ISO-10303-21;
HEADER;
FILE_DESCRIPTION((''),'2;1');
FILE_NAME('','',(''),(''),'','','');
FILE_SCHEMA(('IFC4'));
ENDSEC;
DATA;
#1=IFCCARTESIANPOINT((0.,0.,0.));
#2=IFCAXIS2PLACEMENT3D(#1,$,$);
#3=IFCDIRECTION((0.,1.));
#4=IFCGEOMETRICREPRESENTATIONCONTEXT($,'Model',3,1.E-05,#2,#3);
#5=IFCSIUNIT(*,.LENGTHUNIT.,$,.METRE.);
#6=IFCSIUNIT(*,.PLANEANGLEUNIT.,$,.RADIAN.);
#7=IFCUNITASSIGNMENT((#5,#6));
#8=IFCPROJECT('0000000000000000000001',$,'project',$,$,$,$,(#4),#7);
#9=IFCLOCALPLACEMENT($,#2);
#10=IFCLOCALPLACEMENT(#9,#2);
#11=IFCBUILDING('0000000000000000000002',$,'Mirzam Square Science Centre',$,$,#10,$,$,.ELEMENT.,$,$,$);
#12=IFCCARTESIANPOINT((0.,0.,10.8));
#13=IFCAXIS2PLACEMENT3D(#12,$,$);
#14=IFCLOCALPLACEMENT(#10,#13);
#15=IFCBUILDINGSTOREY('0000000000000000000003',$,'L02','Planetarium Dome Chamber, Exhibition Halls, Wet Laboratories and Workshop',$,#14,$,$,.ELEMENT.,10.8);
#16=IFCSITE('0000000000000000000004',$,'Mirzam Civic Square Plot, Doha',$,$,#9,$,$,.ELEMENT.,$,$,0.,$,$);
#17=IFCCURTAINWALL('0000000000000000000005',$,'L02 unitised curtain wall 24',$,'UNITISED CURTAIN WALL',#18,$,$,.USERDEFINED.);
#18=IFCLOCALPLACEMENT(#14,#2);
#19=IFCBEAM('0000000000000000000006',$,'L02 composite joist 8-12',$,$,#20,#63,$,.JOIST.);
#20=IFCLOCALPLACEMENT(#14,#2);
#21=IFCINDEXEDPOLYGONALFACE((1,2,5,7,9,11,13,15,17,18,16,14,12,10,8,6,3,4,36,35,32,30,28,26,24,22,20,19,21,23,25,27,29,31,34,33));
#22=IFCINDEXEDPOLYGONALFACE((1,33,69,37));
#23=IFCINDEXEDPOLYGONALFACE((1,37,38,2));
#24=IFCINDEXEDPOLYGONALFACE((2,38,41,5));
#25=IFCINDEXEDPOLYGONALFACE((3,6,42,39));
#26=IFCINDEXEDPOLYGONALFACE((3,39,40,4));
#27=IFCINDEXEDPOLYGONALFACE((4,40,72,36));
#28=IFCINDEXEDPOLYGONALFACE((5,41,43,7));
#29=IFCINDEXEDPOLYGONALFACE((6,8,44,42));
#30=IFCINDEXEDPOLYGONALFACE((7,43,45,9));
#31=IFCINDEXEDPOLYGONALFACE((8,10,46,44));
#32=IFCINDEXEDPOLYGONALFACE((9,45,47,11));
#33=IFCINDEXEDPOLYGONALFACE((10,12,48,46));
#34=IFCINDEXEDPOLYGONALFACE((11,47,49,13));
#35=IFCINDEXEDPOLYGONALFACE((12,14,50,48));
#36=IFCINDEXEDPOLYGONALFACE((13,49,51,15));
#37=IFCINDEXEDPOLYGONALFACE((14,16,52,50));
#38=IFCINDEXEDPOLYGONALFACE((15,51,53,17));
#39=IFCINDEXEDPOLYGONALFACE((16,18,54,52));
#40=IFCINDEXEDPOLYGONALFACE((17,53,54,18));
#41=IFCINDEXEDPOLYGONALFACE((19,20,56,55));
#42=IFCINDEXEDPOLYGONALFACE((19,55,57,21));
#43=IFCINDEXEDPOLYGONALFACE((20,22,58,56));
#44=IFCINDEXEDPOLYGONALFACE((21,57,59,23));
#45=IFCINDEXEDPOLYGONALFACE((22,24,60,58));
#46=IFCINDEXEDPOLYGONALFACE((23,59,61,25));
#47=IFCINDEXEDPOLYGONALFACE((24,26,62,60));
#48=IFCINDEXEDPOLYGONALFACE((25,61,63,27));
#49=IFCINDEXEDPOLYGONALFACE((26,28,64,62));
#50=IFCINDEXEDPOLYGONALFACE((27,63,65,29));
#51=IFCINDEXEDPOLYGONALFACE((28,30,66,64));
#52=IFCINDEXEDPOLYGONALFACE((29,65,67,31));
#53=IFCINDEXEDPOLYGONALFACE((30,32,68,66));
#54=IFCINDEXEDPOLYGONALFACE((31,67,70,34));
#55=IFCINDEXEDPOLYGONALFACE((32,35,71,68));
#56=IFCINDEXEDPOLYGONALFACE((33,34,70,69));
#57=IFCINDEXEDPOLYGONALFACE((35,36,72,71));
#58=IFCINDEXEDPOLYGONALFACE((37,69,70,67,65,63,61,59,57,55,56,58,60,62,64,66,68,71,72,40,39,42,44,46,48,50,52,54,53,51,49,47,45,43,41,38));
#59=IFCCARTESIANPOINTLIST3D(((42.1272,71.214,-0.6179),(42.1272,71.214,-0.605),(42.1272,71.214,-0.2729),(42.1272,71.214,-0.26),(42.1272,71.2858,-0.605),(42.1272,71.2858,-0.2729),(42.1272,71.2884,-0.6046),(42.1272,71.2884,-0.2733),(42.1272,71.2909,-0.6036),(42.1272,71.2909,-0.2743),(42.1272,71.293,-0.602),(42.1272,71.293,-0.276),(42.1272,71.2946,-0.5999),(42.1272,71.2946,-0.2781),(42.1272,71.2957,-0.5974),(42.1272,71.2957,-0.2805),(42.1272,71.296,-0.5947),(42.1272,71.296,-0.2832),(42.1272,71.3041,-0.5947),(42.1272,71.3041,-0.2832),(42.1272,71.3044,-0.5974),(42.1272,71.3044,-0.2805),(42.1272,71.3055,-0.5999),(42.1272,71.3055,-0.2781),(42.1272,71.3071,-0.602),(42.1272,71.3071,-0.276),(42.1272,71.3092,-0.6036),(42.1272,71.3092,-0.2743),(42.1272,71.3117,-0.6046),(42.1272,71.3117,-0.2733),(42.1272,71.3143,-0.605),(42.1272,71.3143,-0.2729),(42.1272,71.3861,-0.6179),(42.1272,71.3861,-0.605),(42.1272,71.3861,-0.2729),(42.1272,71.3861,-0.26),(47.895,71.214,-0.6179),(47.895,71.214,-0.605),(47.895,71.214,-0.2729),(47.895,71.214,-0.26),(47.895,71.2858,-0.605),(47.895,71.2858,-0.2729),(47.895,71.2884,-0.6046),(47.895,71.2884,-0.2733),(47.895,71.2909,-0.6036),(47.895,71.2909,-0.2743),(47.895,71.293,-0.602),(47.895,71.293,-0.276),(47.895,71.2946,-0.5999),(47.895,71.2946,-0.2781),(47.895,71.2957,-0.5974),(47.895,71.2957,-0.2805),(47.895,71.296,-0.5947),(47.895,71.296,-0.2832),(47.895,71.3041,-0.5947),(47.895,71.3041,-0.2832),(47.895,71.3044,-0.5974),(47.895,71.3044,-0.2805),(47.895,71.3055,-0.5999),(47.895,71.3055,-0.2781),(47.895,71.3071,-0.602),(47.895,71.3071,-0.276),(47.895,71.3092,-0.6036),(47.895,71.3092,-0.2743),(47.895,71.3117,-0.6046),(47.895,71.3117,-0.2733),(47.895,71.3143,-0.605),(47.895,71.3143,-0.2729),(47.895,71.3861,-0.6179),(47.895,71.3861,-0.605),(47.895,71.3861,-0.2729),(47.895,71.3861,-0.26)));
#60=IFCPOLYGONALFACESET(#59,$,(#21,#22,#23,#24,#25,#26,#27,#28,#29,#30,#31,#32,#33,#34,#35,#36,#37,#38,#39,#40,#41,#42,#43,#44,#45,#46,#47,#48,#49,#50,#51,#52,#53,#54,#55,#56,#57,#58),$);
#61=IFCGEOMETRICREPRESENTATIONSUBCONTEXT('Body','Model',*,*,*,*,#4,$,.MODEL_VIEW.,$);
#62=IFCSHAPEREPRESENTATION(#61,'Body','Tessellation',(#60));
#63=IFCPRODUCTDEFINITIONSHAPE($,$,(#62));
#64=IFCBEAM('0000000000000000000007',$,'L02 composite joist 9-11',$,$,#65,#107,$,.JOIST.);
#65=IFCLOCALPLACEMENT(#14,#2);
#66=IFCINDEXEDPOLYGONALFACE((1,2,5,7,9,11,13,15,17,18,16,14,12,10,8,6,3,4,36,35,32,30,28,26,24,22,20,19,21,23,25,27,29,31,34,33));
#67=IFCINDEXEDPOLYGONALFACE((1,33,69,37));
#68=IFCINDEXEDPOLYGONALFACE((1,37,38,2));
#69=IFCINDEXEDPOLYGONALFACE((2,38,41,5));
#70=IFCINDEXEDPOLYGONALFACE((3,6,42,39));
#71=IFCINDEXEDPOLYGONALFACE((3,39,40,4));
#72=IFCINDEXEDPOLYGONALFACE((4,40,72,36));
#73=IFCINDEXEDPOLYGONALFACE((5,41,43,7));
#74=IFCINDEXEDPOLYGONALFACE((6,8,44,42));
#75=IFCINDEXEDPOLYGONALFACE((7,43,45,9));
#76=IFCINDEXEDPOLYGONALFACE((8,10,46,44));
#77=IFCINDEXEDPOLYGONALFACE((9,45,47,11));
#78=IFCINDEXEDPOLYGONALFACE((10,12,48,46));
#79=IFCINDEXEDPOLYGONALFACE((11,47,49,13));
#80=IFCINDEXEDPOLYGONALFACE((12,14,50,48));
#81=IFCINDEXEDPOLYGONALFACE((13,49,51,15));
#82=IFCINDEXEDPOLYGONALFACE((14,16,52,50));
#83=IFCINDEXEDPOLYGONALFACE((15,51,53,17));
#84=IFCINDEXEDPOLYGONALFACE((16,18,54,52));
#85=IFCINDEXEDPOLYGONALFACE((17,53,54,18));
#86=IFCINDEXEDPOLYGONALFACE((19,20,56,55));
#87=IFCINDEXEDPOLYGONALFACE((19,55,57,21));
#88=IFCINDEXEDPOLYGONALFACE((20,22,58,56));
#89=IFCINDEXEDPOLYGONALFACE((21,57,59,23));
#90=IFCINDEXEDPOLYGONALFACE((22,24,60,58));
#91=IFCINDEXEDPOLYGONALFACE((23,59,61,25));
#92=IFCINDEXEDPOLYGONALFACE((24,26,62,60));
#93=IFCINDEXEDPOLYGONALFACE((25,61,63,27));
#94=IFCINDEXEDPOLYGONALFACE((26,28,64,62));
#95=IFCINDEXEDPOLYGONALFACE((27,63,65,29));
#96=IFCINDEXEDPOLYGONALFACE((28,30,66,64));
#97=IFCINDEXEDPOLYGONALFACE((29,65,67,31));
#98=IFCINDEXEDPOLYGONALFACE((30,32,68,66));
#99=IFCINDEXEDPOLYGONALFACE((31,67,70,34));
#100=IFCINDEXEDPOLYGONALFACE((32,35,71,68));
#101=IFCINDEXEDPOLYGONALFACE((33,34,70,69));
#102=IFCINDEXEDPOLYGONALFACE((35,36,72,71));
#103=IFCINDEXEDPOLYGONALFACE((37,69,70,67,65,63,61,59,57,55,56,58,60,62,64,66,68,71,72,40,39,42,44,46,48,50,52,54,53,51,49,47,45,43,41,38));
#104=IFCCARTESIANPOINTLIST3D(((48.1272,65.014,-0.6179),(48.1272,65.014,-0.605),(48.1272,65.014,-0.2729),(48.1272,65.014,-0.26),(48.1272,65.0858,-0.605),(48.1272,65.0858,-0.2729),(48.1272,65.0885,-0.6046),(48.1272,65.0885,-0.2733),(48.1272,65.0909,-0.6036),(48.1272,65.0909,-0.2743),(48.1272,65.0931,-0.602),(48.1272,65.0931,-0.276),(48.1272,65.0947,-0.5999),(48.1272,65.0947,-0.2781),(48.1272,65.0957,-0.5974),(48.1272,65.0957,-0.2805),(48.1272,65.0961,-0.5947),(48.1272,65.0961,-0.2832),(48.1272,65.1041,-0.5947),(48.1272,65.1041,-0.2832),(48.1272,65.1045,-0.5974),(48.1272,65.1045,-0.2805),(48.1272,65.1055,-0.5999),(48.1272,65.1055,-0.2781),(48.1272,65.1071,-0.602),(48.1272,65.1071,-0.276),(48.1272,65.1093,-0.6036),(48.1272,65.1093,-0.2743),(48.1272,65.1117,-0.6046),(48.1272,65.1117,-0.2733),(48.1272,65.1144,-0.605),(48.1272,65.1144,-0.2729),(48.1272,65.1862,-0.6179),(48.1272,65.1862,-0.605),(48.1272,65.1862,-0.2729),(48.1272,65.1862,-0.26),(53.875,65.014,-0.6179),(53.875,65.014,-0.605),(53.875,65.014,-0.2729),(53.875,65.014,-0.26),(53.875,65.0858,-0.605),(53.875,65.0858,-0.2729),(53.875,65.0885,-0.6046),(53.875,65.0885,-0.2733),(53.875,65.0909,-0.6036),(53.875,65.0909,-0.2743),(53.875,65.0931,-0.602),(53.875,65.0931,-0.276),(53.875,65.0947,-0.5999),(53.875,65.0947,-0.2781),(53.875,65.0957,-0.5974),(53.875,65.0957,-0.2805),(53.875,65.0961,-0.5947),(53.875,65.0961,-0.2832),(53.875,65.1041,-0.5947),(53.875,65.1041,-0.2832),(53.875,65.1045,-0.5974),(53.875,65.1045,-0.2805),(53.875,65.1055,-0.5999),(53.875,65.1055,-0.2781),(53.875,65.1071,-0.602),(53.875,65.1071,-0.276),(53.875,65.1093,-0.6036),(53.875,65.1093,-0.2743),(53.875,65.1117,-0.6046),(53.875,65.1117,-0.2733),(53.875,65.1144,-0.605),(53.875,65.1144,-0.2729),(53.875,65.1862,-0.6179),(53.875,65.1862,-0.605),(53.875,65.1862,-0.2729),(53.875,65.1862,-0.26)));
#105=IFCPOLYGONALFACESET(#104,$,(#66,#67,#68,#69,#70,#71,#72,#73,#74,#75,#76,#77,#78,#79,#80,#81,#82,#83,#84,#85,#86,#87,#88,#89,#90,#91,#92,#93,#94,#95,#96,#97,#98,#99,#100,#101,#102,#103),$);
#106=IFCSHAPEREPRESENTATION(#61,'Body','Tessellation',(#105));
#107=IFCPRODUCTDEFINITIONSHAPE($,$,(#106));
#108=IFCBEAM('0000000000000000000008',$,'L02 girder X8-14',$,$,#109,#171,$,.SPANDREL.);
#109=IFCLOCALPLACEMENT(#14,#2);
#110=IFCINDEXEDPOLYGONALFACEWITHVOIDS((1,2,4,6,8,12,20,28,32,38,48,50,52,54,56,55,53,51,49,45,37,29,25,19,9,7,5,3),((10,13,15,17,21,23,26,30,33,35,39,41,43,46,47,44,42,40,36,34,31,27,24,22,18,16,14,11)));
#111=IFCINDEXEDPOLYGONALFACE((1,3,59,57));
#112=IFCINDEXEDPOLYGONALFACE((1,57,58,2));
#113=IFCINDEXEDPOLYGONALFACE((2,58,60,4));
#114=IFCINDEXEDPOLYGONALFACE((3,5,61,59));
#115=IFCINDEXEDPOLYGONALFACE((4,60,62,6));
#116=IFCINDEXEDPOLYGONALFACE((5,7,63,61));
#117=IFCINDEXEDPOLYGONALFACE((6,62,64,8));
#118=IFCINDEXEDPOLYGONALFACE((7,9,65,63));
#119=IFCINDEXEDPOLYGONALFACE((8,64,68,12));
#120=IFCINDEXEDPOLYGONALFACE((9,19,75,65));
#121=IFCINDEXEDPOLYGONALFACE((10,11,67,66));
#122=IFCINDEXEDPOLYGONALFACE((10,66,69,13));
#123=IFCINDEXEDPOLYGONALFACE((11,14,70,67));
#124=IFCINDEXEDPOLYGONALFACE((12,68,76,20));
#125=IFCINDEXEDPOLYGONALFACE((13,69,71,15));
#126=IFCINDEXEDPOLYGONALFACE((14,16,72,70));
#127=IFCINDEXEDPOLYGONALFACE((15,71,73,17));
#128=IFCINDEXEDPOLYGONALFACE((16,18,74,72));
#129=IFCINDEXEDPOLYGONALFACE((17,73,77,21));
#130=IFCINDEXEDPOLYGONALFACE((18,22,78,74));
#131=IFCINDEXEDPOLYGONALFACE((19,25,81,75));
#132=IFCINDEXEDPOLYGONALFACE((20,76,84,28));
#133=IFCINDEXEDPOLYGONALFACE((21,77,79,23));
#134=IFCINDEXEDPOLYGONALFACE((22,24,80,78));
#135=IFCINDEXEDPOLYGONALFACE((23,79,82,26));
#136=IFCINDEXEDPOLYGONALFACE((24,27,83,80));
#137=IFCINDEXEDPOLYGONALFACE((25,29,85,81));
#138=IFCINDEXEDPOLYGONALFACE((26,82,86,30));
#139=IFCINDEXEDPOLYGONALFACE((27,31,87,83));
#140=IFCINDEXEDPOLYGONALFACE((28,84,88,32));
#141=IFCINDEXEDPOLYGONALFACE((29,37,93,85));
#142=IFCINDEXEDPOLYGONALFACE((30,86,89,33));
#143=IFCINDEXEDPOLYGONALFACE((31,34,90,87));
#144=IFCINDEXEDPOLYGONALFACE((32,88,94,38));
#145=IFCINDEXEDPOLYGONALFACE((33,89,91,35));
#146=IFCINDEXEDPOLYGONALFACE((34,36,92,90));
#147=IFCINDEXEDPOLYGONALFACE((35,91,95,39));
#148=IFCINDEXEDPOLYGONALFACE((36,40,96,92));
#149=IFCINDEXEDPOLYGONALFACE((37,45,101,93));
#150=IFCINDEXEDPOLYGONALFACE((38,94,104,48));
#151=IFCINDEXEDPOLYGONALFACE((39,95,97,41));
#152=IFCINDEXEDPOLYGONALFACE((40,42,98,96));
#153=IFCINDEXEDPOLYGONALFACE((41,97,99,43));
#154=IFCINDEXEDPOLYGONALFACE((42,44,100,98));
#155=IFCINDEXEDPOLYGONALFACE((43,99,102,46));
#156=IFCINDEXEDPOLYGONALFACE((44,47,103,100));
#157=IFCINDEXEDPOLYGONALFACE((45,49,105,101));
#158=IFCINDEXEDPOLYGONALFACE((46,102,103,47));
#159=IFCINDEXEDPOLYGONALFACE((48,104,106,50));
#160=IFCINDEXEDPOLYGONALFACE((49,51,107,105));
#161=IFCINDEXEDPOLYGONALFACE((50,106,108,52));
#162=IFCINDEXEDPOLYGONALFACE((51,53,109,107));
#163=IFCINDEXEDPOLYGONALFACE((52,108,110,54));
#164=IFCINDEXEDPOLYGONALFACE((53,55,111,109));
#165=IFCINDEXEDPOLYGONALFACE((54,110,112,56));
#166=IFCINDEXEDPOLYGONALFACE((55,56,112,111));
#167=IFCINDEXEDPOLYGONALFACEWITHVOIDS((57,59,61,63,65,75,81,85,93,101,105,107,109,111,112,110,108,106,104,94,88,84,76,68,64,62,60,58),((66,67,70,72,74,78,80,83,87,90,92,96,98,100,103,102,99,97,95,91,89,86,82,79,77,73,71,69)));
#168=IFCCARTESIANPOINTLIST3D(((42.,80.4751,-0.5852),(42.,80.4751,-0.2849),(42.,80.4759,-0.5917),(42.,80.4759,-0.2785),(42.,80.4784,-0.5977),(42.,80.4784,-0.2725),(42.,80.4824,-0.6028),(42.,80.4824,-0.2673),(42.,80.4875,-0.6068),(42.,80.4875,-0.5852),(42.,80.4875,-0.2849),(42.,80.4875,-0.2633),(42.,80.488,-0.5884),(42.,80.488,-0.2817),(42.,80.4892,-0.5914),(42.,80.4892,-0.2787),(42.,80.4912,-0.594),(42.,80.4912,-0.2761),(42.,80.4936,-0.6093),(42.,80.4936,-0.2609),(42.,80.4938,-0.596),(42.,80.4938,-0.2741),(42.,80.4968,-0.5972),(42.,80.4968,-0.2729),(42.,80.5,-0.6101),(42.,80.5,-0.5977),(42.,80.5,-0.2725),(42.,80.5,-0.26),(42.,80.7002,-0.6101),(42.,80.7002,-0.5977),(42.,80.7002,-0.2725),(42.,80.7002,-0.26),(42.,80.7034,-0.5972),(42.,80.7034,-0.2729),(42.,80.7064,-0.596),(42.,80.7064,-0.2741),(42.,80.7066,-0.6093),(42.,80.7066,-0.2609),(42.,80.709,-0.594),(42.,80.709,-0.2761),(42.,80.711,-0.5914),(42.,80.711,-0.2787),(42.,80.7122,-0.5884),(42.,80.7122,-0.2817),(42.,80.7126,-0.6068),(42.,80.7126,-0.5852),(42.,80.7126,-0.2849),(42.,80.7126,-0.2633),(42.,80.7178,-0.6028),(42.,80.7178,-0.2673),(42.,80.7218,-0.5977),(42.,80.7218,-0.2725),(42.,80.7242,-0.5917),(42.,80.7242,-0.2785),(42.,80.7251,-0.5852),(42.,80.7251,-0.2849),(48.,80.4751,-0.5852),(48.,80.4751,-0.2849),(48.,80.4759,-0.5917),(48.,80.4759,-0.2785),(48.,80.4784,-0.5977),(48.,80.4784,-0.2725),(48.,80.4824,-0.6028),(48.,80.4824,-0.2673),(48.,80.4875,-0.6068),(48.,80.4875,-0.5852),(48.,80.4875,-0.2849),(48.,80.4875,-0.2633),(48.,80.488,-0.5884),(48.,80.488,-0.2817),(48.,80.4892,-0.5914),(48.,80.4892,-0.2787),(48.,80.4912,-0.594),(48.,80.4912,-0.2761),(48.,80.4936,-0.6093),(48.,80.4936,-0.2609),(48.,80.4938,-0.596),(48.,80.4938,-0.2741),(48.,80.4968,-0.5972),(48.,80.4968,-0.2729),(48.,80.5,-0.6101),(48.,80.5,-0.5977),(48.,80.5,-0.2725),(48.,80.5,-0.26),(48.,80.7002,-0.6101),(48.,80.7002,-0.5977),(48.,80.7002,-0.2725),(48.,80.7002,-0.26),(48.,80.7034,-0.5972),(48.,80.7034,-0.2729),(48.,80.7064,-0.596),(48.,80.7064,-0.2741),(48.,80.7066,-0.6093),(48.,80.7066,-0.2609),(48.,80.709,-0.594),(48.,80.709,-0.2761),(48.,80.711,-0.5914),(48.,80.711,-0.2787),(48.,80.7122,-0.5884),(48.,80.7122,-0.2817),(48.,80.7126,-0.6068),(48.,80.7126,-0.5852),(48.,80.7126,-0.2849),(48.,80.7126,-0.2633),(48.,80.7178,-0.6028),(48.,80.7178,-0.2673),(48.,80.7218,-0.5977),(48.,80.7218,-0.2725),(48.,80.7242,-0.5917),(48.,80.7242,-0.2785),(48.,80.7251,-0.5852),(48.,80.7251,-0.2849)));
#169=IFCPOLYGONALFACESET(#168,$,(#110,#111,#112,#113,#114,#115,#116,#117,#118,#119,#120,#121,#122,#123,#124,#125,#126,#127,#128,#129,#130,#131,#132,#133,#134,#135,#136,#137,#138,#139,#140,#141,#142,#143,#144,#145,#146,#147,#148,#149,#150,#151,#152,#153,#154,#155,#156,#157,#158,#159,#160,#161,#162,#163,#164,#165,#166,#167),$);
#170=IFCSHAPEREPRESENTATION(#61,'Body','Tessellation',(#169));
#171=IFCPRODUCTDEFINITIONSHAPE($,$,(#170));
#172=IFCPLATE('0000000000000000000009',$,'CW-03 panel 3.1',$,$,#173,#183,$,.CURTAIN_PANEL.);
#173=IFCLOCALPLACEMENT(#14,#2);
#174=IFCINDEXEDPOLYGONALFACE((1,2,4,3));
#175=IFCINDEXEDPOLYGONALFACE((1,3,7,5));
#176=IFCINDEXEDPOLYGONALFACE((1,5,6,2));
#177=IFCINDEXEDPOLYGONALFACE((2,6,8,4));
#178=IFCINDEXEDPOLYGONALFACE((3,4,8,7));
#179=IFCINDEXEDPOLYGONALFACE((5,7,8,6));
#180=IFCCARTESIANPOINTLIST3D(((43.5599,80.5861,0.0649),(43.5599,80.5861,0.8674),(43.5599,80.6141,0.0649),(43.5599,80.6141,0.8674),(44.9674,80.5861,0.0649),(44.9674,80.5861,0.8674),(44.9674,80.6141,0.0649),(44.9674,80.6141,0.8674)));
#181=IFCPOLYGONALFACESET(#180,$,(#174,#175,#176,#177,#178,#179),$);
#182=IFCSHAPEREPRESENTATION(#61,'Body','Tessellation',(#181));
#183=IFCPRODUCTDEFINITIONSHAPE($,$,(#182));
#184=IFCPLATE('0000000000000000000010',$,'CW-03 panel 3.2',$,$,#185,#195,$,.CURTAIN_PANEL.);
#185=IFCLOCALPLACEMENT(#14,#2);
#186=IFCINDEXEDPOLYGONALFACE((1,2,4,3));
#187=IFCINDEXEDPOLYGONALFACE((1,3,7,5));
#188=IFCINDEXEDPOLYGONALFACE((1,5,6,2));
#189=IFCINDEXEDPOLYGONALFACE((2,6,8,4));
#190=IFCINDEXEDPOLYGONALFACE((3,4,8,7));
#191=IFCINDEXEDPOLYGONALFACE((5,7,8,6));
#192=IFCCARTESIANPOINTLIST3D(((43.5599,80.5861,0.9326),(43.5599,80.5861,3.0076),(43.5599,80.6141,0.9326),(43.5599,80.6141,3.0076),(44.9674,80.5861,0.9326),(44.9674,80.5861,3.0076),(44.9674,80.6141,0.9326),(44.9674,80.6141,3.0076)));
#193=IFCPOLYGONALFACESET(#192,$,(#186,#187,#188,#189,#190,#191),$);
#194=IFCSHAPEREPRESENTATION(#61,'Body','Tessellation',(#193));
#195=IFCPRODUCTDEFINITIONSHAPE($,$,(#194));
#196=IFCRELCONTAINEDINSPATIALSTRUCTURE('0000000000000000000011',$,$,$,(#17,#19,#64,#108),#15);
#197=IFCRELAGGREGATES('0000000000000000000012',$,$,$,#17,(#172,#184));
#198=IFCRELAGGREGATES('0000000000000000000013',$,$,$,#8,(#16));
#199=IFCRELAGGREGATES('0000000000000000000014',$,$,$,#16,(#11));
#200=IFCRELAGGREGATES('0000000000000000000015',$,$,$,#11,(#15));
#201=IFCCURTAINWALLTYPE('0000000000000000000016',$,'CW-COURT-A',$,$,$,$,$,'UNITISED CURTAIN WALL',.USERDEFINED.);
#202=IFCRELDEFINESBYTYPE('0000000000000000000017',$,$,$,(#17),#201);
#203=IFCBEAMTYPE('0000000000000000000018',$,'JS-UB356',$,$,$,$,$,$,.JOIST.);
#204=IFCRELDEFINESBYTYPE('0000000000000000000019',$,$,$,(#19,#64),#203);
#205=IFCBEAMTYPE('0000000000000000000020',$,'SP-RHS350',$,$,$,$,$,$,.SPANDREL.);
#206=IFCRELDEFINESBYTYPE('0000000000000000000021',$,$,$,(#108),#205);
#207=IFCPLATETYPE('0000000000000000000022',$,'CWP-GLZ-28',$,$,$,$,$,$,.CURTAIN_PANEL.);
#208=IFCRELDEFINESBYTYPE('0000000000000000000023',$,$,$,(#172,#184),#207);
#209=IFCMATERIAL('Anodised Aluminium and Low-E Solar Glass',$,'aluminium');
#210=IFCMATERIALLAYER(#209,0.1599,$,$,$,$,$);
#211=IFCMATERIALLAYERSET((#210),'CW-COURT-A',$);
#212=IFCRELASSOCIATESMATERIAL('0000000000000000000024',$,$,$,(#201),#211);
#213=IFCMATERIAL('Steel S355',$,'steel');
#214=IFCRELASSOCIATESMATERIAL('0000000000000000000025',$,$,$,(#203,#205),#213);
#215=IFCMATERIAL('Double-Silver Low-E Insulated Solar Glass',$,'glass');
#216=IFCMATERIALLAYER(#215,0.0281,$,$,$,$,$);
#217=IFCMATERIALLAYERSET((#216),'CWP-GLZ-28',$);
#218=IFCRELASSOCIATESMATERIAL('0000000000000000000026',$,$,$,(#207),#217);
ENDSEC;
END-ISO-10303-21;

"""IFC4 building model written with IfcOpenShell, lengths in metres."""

from ifc_helpers import new_model, si_unit, direction, frame, origin, origin_2d, place, context, subcontext, project, spatial, rectangle, hollow_rectangle, i_section, extrude, material, layer, layer_set, material_profile, profile_set, type_object, element, aggregate, save


model = new_model("IFC4")

# Units and contexts
model_context = context("Model", 3, precision=1e-05, world=origin(), true_north=direction((0.0, 1.0)))
body_context = subcontext(model_context, "Body", "Model", "MODEL_VIEW")
ifc_project = project(units=[si_unit("LENGTHUNIT", "METRE"), si_unit("PLANEANGLEUNIT", "RADIAN")], contexts=[model_context])

# Site, building, storey
site_placement = place(None, origin())
site = spatial("IfcSite", under=ifc_project, at=site_placement, Name="Mirzam Civic Square Plot, Doha", CompositionType="ELEMENT", RefElevation=0.0)
building_placement = place(site_placement, origin())
building = spatial("IfcBuilding", under=site, at=building_placement, Name="Mirzam Square Science Centre", CompositionType="ELEMENT")
storey_placement = place(building_placement, frame((0.0, 0.0, 10.8)))
storey = spatial("IfcBuildingStorey", under=building, at=storey_placement, Name="L02", Description="Planetarium Dome Chamber, Exhibition Halls, Wet Laboratories and Workshop", CompositionType="ELEMENT", Elevation=10.8)

# Shared definitions
ifc_material_1 = material(Name="Steel S355", Category="steel")

# Curtain wall
ifc_material_2 = material(Name="Anodised Aluminium and Low-E Solar Glass", Category="aluminium")
ifc_layer_1 = layer(ifc_material_2, 0.1599)
ifc_layer_set_1 = layer_set([ifc_layer_1], Name="CW-COURT-A")
curtain_wall_type = type_object("IfcCurtainWallType", Name="CW-COURT-A", ElementType="UNITISED CURTAIN WALL", PredefinedType="USERDEFINED", material=ifc_layer_set_1)
curtain_wall_placement = place(storey_placement, origin())
curtain_wall = element("IfcCurtainWall", 1, at=curtain_wall_placement, inside=storey, type_object=curtain_wall_type, Name="L02 unitised curtain wall 24", ObjectType="UNITISED CURTAIN WALL", PredefinedType="USERDEFINED")

# Beams
ifc_material_profile_1 = material_profile(ifc_material_1, i_section(OverallWidth=0.1721, OverallDepth=0.3579, WebThickness=0.0081, FlangeThickness=0.0129, FilletRadius=0.0103, at=origin_2d()), Name="356x171x57UB")
ifc_profile_set_1 = profile_set([ifc_material_profile_1], Name="Steel S355")
beam_type_1 = type_object("IfcBeamType", Name="JS-UB356", PredefinedType="JOIST", material=ifc_profile_set_1)
beam_1_placement = place(storey_placement, frame((42.1272, 71.3, -0.439), z_axis=(1.0, 0.0, 0.0), x_axis=(0.0, 1.0, 0.0)))
element("IfcBeam", 2, at=beam_1_placement, inside=storey, type_object=beam_type_1, Name="L02 composite joist 8-12", PredefinedType="JOIST", context=body_context, shape_type="SweptSolid", body=[
    extrude(i_section(OverallWidth=0.1721, OverallDepth=0.3579, WebThickness=0.0081, FlangeThickness=0.0129, FilletRadius=0.0103, at=origin_2d()), origin(), (0.0, 0.0, 1.0), 5.7678),
])
beam_2_placement = place(storey_placement, frame((48.1272, 65.1001, -0.439), z_axis=(1.0, 0.0, 0.0), x_axis=(0.0, 1.0, 0.0)))
element("IfcBeam", 3, at=beam_2_placement, inside=storey, type_object=beam_type_1, Name="L02 composite joist 9-11", PredefinedType="JOIST", context=body_context, shape_type="SweptSolid", body=[
    extrude(i_section(OverallWidth=0.1721, OverallDepth=0.3579, WebThickness=0.0081, FlangeThickness=0.0129, FilletRadius=0.0103, at=origin_2d()), origin(), (0.0, 0.0, 1.0), 5.7478),
])
ifc_material_profile_2 = material_profile(ifc_material_1, hollow_rectangle(XDim=0.25, YDim=0.3501, WallThickness=0.0125, InnerFilletRadius=0.0125, OuterFilletRadius=0.0249, at=origin_2d()), Name="350x250x12.5RHS")
ifc_profile_set_2 = profile_set([ifc_material_profile_2], Name="Steel S355")
beam_type_2 = type_object("IfcBeamType", Name="SP-RHS350", PredefinedType="SPANDREL", material=ifc_profile_set_2)
beam_3_placement = place(storey_placement, frame((42.0, 80.6001, -0.4351), z_axis=(1.0, 0.0, 0.0), x_axis=(0.0, 1.0, 0.0)))
element("IfcBeam", 4, at=beam_3_placement, inside=storey, type_object=beam_type_2, Name="L02 girder X8-14", PredefinedType="SPANDREL", context=body_context, shape_type="SweptSolid", body=[
    extrude(hollow_rectangle(XDim=0.25, YDim=0.3501, WallThickness=0.0125, InnerFilletRadius=0.0125, OuterFilletRadius=0.0249, at=origin_2d()), origin(), (0.0, 0.0, 1.0), 6.0),
])

# Plates
ifc_material_3 = material(Name="Double-Silver Low-E Insulated Solar Glass", Category="glass")
ifc_layer_2 = layer(ifc_material_3, 0.0281)
ifc_layer_set_2 = layer_set([ifc_layer_2], Name="CWP-GLZ-28")
plate_type = type_object("IfcPlateType", Name="CWP-GLZ-28", PredefinedType="CURTAIN_PANEL", material=ifc_layer_set_2)
plate_1_placement = place(storey_placement, frame((44.2637, 80.6001, 0.0649), z_axis=(0.0, 0.0, 1.0), x_axis=(-1.0, 0.0, 0.0)))
plate_1 = element("IfcPlate", 5, at=plate_1_placement, type_object=plate_type, Name="CW-03 panel 3.1", PredefinedType="CURTAIN_PANEL", context=body_context, shape_type="SweptSolid", body=[
    extrude(rectangle(XDim=1.4075, YDim=0.0281, at=origin_2d()), origin(), (0.0, 0.0, 1.0), 0.8025),
])
plate_2_placement = place(storey_placement, frame((44.2637, 80.6001, 0.9326), z_axis=(0.0, 0.0, 1.0), x_axis=(-1.0, 0.0, 0.0)))
plate_2 = element("IfcPlate", 6, at=plate_2_placement, type_object=plate_type, Name="CW-03 panel 3.2", PredefinedType="CURTAIN_PANEL", context=body_context, shape_type="SweptSolid", body=[
    extrude(rectangle(XDim=1.4075, YDim=0.0281, at=origin_2d()), origin(), (0.0, 0.0, 1.0), 2.075),
])
aggregate(curtain_wall, [plate_1, plate_2])

save(model, "model.ifc")
